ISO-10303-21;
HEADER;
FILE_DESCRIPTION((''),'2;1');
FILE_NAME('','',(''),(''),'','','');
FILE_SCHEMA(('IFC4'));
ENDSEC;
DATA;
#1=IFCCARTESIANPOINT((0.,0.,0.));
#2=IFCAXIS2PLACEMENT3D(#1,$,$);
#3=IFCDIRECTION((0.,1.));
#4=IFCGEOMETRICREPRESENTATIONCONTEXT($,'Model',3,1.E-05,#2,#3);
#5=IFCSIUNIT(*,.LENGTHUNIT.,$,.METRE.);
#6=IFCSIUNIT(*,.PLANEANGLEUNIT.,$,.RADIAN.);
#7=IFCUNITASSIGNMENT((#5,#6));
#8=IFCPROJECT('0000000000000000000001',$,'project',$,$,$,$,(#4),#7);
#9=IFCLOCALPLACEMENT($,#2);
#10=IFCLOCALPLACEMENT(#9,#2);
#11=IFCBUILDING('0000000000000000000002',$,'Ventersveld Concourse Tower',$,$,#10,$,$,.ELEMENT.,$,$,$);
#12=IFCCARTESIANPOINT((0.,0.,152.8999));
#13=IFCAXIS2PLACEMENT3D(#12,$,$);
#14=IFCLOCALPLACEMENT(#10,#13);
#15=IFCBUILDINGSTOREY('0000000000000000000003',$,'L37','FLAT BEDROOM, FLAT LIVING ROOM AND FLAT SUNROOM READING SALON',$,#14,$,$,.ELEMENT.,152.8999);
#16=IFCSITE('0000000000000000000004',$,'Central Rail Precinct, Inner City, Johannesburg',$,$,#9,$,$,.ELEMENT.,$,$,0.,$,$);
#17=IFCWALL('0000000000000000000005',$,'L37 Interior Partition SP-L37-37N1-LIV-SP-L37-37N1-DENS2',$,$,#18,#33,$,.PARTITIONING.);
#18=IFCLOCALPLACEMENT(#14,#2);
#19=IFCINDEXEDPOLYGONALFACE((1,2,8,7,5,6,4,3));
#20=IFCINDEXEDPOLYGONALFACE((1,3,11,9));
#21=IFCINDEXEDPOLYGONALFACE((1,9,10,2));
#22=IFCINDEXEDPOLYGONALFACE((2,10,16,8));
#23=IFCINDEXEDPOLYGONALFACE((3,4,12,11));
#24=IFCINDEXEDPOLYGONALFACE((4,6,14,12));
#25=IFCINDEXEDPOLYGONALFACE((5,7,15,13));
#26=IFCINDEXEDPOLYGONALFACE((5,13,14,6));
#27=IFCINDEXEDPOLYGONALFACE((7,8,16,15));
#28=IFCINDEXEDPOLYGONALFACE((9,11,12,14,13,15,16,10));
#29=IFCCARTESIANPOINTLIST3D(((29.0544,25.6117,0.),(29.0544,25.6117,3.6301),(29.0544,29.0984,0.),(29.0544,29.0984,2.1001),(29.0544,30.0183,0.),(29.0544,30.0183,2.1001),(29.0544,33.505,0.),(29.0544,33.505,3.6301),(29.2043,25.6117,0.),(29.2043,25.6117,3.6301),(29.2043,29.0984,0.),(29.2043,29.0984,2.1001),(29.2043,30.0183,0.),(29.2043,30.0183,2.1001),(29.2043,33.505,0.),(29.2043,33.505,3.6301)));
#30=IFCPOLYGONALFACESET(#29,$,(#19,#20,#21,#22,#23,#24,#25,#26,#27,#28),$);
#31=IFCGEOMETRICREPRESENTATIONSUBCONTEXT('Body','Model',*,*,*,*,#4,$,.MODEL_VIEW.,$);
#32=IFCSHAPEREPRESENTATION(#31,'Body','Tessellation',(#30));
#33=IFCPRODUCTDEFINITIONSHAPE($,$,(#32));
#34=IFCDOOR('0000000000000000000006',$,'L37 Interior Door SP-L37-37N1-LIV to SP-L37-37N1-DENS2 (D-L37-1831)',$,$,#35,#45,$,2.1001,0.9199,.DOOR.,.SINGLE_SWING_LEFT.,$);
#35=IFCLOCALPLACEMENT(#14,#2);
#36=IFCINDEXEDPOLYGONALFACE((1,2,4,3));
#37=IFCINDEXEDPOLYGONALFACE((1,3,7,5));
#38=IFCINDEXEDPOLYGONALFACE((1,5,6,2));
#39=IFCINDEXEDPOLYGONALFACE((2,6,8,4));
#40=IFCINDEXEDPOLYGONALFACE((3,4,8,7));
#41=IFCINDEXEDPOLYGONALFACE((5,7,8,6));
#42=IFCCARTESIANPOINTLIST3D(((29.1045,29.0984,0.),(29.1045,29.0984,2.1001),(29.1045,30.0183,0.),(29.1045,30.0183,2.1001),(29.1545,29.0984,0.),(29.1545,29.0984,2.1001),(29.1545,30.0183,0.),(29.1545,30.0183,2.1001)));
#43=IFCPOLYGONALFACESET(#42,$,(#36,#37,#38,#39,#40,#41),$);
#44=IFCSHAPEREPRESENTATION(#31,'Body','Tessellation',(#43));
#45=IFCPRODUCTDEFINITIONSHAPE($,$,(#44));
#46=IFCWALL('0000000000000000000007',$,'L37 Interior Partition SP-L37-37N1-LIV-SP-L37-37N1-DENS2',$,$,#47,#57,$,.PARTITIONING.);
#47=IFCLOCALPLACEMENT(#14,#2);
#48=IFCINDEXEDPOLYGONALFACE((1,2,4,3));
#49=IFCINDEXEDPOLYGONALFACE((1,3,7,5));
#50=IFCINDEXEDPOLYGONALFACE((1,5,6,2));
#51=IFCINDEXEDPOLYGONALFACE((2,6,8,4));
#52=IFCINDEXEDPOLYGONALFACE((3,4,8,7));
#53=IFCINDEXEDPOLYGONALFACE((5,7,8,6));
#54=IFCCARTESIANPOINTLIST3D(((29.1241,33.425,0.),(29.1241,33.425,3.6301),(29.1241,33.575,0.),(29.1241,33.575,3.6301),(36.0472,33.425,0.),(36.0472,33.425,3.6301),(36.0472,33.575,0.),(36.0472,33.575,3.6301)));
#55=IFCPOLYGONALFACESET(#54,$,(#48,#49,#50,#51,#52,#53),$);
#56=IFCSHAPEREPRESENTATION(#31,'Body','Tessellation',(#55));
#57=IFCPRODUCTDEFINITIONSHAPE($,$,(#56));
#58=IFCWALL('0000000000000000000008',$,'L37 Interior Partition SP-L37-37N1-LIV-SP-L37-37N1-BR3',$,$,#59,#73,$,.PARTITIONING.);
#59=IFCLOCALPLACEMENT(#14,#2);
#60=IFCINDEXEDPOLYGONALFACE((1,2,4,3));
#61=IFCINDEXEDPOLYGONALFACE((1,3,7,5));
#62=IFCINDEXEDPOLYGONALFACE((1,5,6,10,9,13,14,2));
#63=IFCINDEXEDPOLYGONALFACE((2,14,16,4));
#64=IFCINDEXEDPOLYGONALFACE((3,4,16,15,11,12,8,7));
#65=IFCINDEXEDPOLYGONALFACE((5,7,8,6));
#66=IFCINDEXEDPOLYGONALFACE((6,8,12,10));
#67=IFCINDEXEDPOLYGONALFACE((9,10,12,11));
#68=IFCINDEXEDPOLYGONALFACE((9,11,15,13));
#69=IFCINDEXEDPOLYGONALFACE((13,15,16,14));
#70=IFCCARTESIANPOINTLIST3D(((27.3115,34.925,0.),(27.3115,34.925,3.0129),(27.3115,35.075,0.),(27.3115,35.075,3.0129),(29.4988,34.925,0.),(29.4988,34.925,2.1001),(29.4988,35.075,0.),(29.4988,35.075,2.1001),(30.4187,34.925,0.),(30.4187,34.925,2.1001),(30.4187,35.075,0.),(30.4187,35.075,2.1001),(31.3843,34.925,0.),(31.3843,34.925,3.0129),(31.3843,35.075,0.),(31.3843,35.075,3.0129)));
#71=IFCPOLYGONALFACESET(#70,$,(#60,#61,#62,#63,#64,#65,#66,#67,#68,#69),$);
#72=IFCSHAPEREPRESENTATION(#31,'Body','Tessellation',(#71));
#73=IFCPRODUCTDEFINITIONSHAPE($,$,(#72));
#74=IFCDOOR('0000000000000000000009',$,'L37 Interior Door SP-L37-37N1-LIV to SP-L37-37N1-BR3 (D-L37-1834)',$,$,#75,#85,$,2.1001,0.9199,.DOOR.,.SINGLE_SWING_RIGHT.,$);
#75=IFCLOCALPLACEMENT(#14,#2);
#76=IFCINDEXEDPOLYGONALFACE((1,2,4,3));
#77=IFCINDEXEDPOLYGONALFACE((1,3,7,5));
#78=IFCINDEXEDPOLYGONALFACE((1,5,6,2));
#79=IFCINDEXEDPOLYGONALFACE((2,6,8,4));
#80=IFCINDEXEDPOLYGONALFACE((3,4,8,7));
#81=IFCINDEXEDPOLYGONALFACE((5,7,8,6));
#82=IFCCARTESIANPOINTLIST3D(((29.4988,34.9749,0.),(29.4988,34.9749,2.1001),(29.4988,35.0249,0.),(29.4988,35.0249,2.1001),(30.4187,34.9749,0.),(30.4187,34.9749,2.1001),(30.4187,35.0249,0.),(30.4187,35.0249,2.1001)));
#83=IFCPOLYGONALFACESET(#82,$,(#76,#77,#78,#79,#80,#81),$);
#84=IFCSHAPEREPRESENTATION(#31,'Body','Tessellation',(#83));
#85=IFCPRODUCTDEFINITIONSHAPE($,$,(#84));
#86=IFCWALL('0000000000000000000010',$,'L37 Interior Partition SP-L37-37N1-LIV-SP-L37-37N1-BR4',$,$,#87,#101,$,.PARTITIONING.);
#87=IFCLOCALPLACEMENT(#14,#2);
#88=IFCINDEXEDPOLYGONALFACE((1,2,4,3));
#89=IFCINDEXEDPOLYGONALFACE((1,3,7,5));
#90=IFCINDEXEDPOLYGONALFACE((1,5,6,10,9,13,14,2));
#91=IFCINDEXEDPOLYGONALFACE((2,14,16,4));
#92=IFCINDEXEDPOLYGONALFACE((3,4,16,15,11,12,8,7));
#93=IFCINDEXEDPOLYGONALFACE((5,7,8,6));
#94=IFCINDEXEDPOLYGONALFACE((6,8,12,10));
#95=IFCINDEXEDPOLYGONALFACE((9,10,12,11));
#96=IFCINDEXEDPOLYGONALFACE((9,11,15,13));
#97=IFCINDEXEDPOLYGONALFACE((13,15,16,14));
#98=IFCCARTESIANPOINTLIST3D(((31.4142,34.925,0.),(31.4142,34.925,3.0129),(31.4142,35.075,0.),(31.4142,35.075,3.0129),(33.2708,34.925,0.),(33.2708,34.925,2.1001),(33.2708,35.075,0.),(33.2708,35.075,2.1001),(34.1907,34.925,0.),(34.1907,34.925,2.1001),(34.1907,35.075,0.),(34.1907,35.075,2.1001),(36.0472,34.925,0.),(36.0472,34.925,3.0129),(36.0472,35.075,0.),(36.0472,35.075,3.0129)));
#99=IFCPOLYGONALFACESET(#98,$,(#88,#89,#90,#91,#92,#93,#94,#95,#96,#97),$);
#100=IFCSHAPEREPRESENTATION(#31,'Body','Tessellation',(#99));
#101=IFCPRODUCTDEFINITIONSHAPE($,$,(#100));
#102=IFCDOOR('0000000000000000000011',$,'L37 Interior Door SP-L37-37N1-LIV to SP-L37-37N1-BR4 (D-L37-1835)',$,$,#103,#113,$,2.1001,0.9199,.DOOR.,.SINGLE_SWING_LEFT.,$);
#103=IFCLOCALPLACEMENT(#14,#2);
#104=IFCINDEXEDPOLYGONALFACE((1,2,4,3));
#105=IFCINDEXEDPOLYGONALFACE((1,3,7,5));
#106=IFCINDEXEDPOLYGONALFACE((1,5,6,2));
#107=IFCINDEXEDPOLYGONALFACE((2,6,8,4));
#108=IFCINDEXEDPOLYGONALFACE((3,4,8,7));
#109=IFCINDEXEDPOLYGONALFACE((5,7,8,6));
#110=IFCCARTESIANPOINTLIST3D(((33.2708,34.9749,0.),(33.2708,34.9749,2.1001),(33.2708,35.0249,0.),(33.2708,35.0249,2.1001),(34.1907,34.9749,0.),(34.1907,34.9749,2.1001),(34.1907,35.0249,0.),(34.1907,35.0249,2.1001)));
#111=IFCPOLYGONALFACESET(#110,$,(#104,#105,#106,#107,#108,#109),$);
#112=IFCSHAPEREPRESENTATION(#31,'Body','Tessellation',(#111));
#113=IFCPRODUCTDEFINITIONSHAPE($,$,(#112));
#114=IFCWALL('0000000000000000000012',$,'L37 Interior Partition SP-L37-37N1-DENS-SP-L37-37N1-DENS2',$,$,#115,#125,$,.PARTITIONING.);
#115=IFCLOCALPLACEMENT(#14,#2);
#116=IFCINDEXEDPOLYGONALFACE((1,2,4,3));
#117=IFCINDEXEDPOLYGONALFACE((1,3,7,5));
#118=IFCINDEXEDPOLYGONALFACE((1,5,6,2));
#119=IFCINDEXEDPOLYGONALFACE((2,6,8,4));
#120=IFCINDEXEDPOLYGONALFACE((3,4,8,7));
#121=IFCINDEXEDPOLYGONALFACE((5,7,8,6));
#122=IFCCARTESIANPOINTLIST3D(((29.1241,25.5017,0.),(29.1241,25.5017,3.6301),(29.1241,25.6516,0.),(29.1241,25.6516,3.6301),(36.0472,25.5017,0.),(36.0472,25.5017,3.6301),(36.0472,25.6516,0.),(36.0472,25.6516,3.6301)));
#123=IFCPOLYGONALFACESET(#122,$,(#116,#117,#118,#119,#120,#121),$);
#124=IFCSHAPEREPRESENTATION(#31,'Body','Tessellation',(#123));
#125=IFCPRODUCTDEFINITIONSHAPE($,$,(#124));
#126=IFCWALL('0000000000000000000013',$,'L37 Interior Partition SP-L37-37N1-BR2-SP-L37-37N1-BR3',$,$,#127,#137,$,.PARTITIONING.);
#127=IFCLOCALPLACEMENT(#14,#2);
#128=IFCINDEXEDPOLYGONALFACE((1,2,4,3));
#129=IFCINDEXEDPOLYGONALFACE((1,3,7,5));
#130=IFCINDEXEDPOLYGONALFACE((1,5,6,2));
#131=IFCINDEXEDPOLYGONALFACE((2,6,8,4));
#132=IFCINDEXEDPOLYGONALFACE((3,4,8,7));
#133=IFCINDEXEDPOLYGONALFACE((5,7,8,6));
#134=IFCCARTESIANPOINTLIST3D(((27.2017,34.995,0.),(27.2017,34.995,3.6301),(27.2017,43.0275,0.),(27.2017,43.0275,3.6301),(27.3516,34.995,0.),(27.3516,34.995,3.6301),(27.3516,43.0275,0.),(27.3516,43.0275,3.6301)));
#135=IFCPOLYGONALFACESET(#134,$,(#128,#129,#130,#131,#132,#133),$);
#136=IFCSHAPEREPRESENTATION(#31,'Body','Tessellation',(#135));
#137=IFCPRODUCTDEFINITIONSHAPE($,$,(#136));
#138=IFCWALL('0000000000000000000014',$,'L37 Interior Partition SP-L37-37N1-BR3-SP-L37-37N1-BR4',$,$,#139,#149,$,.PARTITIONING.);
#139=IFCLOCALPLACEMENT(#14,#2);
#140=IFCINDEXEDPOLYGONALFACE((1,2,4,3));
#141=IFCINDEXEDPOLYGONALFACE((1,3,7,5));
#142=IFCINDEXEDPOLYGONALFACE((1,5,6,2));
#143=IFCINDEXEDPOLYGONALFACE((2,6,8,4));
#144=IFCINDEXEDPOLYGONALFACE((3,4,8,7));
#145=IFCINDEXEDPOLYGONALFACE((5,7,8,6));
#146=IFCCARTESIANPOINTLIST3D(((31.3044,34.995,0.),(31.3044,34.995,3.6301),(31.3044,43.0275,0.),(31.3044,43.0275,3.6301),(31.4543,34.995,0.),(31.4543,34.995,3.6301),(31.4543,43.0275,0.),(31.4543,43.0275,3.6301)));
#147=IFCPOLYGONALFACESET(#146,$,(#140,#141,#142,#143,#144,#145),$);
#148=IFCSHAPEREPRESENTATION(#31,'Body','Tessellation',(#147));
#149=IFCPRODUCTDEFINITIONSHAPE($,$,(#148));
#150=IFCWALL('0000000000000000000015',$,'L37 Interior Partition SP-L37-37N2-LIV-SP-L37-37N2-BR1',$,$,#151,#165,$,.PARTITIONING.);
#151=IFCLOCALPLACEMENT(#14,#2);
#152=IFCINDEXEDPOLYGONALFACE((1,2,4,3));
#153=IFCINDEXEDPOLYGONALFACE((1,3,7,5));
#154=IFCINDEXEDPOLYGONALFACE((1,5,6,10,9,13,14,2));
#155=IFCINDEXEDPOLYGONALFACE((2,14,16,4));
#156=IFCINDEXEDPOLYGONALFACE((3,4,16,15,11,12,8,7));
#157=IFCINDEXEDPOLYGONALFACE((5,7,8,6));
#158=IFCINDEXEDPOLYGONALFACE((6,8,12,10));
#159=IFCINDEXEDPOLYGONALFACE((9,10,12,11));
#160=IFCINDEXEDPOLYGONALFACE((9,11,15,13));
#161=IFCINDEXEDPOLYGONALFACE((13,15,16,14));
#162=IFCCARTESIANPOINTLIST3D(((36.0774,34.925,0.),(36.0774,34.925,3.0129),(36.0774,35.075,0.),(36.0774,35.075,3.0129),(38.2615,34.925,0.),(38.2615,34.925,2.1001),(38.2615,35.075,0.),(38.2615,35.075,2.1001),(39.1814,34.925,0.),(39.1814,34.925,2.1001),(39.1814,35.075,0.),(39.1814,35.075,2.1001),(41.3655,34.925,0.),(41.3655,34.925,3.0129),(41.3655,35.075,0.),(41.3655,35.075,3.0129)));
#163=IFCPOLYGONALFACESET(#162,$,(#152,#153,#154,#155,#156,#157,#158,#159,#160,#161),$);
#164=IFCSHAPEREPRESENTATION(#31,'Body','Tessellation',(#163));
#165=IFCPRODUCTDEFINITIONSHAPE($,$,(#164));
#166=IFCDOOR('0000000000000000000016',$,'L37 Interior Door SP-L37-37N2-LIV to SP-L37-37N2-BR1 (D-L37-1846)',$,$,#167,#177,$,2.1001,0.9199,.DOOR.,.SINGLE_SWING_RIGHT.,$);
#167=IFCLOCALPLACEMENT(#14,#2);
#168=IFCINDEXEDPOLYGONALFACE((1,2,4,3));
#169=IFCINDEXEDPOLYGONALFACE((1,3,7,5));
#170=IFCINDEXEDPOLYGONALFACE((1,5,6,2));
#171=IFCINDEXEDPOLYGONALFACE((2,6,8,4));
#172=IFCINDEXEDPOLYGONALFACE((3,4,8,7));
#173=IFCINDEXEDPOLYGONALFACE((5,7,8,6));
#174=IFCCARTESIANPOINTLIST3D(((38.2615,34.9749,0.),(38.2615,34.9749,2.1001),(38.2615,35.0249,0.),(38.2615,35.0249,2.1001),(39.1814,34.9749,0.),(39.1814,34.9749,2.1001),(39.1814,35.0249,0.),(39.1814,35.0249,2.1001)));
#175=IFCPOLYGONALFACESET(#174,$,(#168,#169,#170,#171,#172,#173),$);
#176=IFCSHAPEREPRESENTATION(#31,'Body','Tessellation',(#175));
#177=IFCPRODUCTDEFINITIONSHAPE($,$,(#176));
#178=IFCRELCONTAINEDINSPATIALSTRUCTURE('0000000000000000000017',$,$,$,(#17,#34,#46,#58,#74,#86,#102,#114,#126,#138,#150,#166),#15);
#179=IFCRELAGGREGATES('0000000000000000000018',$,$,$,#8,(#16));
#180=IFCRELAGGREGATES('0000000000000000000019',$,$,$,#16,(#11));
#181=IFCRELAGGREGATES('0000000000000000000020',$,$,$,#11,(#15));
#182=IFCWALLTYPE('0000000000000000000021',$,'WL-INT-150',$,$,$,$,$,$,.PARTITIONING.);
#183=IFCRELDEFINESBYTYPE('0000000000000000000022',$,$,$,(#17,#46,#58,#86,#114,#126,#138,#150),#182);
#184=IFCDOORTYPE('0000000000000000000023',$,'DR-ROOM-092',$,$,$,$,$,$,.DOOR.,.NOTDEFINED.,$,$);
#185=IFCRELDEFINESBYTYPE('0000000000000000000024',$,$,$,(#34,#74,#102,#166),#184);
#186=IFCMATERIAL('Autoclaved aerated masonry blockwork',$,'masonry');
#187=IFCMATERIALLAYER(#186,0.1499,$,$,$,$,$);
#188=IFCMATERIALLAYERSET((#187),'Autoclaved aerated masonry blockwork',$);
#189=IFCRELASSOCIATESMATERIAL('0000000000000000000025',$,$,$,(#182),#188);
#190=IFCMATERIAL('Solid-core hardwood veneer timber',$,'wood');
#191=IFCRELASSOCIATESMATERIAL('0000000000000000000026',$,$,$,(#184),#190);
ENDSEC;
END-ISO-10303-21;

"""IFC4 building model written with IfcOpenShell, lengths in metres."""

from ifc_helpers import new_model, si_unit, direction, frame, frame_2d, origin, place, context, subcontext, project, spatial, rectangle, extrude, material, layer, layer_set, type_object, element, fill, save


model = new_model("IFC4")

# Units and contexts
model_context = context("Model", 3, precision=1e-05, world=origin(), true_north=direction((0.0, 1.0)))
body_context = subcontext(model_context, "Body", "Model", "MODEL_VIEW")
ifc_project = project(units=[si_unit("LENGTHUNIT", "METRE"), si_unit("PLANEANGLEUNIT", "RADIAN")], contexts=[model_context])

# Site, building, storey
site_placement = place(None, origin())
site = spatial("IfcSite", under=ifc_project, at=site_placement, Name="Central Rail Precinct, Inner City, Johannesburg", CompositionType="ELEMENT", RefElevation=0.0)
building_placement = place(site_placement, origin())
building = spatial("IfcBuilding", under=site, at=building_placement, Name="Ventersveld Concourse Tower", CompositionType="ELEMENT")
storey_placement = place(building_placement, frame((0.0, 0.0, 152.8999)))
storey = spatial("IfcBuildingStorey", under=building, at=storey_placement, Name="L37", Description="FLAT BEDROOM, FLAT LIVING ROOM AND FLAT SUNROOM READING SALON", CompositionType="ELEMENT", Elevation=152.8999)

# Wall, opening, door
ifc_material_1 = material(Name="Autoclaved aerated masonry blockwork", Category="masonry")
ifc_layer_1 = layer(ifc_material_1, 0.1499)
ifc_layer_set_1 = layer_set([ifc_layer_1], Name="Autoclaved aerated masonry blockwork")
wall_type_1 = type_object("IfcWallType", Name="WL-INT-150", PredefinedType="PARTITIONING", material=ifc_layer_set_1)
wall_1_placement = place(storey_placement, frame((29.1294, 25.6116, 0.0), z_axis=(0.0, 0.0, 1.0), x_axis=(0.0, 1.0, 0.0)))
wall_1 = element("IfcWall", 1, at=wall_1_placement, inside=storey, type_object=wall_type_1, Name="L37 Interior Partition SP-L37-37N1-LIV-SP-L37-37N1-DENS2", PredefinedType="PARTITIONING", context=body_context, shape_type="SweptSolid", body=[
    extrude(rectangle(XDim=7.8933, YDim=0.1499, at=frame_2d((3.9468, 0.0))), origin(), (0.0, 0.0, 1.0), 3.6301),
])
opening_1_placement = place(wall_1_placement, frame((3.4868, 0.0, 0.0)))
opening_1 = element("IfcOpeningElement", 2, at=opening_1_placement, cuts=wall_1, PredefinedType="OPENING", context=body_context, shape_type="SweptSolid", body=[
    extrude(rectangle(XDim=0.9199, YDim=2.1001, at=frame_2d((0.46, 1.05))), frame((0.0, 0.085, 0.0), z_axis=(0.0, -1.0, 0.0), x_axis=(1.0, 0.0, 0.0)), (0.0, 0.0, 1.0), 0.1699),
])
ifc_material_2 = material(Name="Solid-core hardwood veneer timber", Category="wood")
door_type = type_object("IfcDoorType", Name="DR-ROOM-092", OperationType="NOTDEFINED", PredefinedType="DOOR", material=ifc_material_2)
door_1_placement = place(opening_1_placement, origin())
door_1 = element("IfcDoor", 3, at=door_1_placement, inside=storey, type_object=door_type, Name="L37 Interior Door SP-L37-37N1-LIV to SP-L37-37N1-DENS2 (D-L37-1831)", OperationType="SINGLE_SWING_LEFT", OverallHeight=2.1001, OverallWidth=0.9199, PredefinedType="DOOR", context=body_context, shape_type="SweptSolid", body=[
    extrude(rectangle(XDim=0.9199, YDim=2.1001, at=frame_2d((0.46, 1.05))), frame((0.0, 0.0249, 0.0), z_axis=(0.0, -1.0, 0.0), x_axis=(1.0, 0.0, 0.0)), (0.0, 0.0, 1.0), 0.05),
])
fill(opening_1, door_1)

# Wall
wall_2_placement = place(storey_placement, frame((29.1243, 33.5, 0.0), z_axis=(0.0, 0.0, 1.0), x_axis=(1.0, 0.0, 0.0)))
element("IfcWall", 4, at=wall_2_placement, inside=storey, type_object=wall_type_1, Name="L37 Interior Partition SP-L37-37N1-LIV-SP-L37-37N1-DENS2", PredefinedType="PARTITIONING", context=body_context, shape_type="SweptSolid", body=[
    extrude(rectangle(XDim=6.9231, YDim=0.1499, at=frame_2d((3.4614, 0.0))), origin(), (0.0, 0.0, 1.0), 3.6301),
])

# Walls, openings, doors
wall_3_placement = place(storey_placement, frame((27.3115, 35.0, 0.0), z_axis=(0.0, 0.0, 1.0), x_axis=(1.0, 0.0, 0.0)))
wall_3 = element("IfcWall", 5, at=wall_3_placement, inside=storey, type_object=wall_type_1, Name="L37 Interior Partition SP-L37-37N1-LIV-SP-L37-37N1-BR3", PredefinedType="PARTITIONING", context=body_context, shape_type="SweptSolid", body=[
    extrude(rectangle(XDim=4.0728, YDim=0.1499, at=frame_2d((2.0364, 0.0))), origin(), (0.0, 0.0, 1.0), 3.0129),
])
opening_2_placement = place(wall_3_placement, frame((2.1873, 0.0, 0.0)))
opening_2 = element("IfcOpeningElement", 6, at=opening_2_placement, cuts=wall_3, PredefinedType="OPENING", context=body_context, shape_type="SweptSolid", body=[
    extrude(rectangle(XDim=0.9199, YDim=2.1001, at=frame_2d((0.46, 1.05))), frame((0.0, 0.085, 0.0), z_axis=(0.0, -1.0, 0.0), x_axis=(1.0, 0.0, 0.0)), (0.0, 0.0, 1.0), 0.1699),
])
door_2_placement = place(opening_2_placement, origin())
door_2 = element("IfcDoor", 7, at=door_2_placement, inside=storey, type_object=door_type, Name="L37 Interior Door SP-L37-37N1-LIV to SP-L37-37N1-BR3 (D-L37-1834)", OperationType="SINGLE_SWING_RIGHT", OverallHeight=2.1001, OverallWidth=0.9199, PredefinedType="DOOR", context=body_context, shape_type="SweptSolid", body=[
    extrude(rectangle(XDim=0.9199, YDim=2.1001, at=frame_2d((0.46, 1.05))), frame((0.0, 0.0249, 0.0), z_axis=(0.0, -1.0, 0.0), x_axis=(1.0, 0.0, 0.0)), (0.0, 0.0, 1.0), 0.05),
])
fill(opening_2, door_2)
wall_4_placement = place(storey_placement, frame((31.4143, 35.0, 0.0), z_axis=(0.0, 0.0, 1.0), x_axis=(1.0, 0.0, 0.0)))
wall_4 = element("IfcWall", 8, at=wall_4_placement, inside=storey, type_object=wall_type_1, Name="L37 Interior Partition SP-L37-37N1-LIV-SP-L37-37N1-BR4", PredefinedType="PARTITIONING", context=body_context, shape_type="SweptSolid", body=[
    extrude(rectangle(XDim=4.6331, YDim=0.1499, at=frame_2d((2.3164, 0.0))), origin(), (0.0, 0.0, 1.0), 3.0129),
])
opening_3_placement = place(wall_4_placement, frame((1.8564, 0.0, 0.0)))
opening_3 = element("IfcOpeningElement", 9, at=opening_3_placement, cuts=wall_4, PredefinedType="OPENING", context=body_context, shape_type="SweptSolid", body=[
    extrude(rectangle(XDim=0.9199, YDim=2.1001, at=frame_2d((0.46, 1.05))), frame((0.0, 0.085, 0.0), z_axis=(0.0, -1.0, 0.0), x_axis=(1.0, 0.0, 0.0)), (0.0, 0.0, 1.0), 0.1699),
])
door_3_placement = place(opening_3_placement, origin())
door_3 = element("IfcDoor", 10, at=door_3_placement, inside=storey, type_object=door_type, Name="L37 Interior Door SP-L37-37N1-LIV to SP-L37-37N1-BR4 (D-L37-1835)", OperationType="SINGLE_SWING_LEFT", OverallHeight=2.1001, OverallWidth=0.9199, PredefinedType="DOOR", context=body_context, shape_type="SweptSolid", body=[
    extrude(rectangle(XDim=0.9199, YDim=2.1001, at=frame_2d((0.46, 1.05))), frame((0.0, 0.0249, 0.0), z_axis=(0.0, -1.0, 0.0), x_axis=(1.0, 0.0, 0.0)), (0.0, 0.0, 1.0), 0.05),
])
fill(opening_3, door_3)

# Walls
wall_5_placement = place(storey_placement, frame((29.1243, 25.5767, 0.0), z_axis=(0.0, 0.0, 1.0), x_axis=(1.0, 0.0, 0.0)))
element("IfcWall", 11, at=wall_5_placement, inside=storey, type_object=wall_type_1, Name="L37 Interior Partition SP-L37-37N1-DENS-SP-L37-37N1-DENS2", PredefinedType="PARTITIONING", context=body_context, shape_type="SweptSolid", body=[
    extrude(rectangle(XDim=6.9231, YDim=0.1499, at=frame_2d((3.4614, 0.0))), origin(), (0.0, 0.0, 1.0), 3.6301),
])
for number, where, z_axis, x_axis, name in (
    (12, (27.2766, 34.9951, 0.0), (0.0, 0.0, 1.0), (0.0, 1.0, 0.0), "L37 Interior Partition SP-L37-37N1-BR2-SP-L37-37N1-BR3"),
    (13, (31.3794, 34.9951, 0.0), (0.0, 0.0, 1.0), (0.0, 1.0, 0.0), "L37 Interior Partition SP-L37-37N1-BR3-SP-L37-37N1-BR4"),
):
    element("IfcWall", number, at=place(storey_placement, frame(where, z_axis=z_axis, x_axis=x_axis)), inside=storey, type_object=wall_type_1, Name=name, PredefinedType="PARTITIONING", context=body_context, shape_type="SweptSolid", body=[
        extrude(rectangle(XDim=8.0325, YDim=0.1499, at=frame_2d((4.0161, 0.0))), origin(), (0.0, 0.0, 1.0), 3.6301),
    ])

# Wall, opening, door
wall_6_placement = place(storey_placement, frame((36.0774, 35.0, 0.0), z_axis=(0.0, 0.0, 1.0), x_axis=(1.0, 0.0, 0.0)))
wall_6 = element("IfcWall", 14, at=wall_6_placement, inside=storey, type_object=wall_type_1, Name="L37 Interior Partition SP-L37-37N2-LIV-SP-L37-37N2-BR1", PredefinedType="PARTITIONING", context=body_context, shape_type="SweptSolid", body=[
    extrude(rectangle(XDim=5.2881, YDim=0.1499, at=frame_2d((2.644, 0.0))), origin(), (0.0, 0.0, 1.0), 3.0129),
])
opening_4_placement = place(wall_6_placement, frame((2.1841, 0.0, 0.0)))
opening_4 = element("IfcOpeningElement", 15, at=opening_4_placement, cuts=wall_6, PredefinedType="OPENING", context=body_context, shape_type="SweptSolid", body=[
    extrude(rectangle(XDim=0.9199, YDim=2.1001, at=frame_2d((0.46, 1.05))), frame((0.0, 0.085, 0.0), z_axis=(0.0, -1.0, 0.0), x_axis=(1.0, 0.0, 0.0)), (0.0, 0.0, 1.0), 0.1699),
])
door_4_placement = place(opening_4_placement, origin())
door_4 = element("IfcDoor", 16, at=door_4_placement, inside=storey, type_object=door_type, Name="L37 Interior Door SP-L37-37N2-LIV to SP-L37-37N2-BR1 (D-L37-1846)", OperationType="SINGLE_SWING_RIGHT", OverallHeight=2.1001, OverallWidth=0.9199, PredefinedType="DOOR", context=body_context, shape_type="SweptSolid", body=[
    extrude(rectangle(XDim=0.9199, YDim=2.1001, at=frame_2d((0.46, 1.05))), frame((0.0, 0.0249, 0.0), z_axis=(0.0, -1.0, 0.0), x_axis=(1.0, 0.0, 0.0)), (0.0, 0.0, 1.0), 0.05),
])
fill(opening_4, door_4)

save(model, "model.ifc")
